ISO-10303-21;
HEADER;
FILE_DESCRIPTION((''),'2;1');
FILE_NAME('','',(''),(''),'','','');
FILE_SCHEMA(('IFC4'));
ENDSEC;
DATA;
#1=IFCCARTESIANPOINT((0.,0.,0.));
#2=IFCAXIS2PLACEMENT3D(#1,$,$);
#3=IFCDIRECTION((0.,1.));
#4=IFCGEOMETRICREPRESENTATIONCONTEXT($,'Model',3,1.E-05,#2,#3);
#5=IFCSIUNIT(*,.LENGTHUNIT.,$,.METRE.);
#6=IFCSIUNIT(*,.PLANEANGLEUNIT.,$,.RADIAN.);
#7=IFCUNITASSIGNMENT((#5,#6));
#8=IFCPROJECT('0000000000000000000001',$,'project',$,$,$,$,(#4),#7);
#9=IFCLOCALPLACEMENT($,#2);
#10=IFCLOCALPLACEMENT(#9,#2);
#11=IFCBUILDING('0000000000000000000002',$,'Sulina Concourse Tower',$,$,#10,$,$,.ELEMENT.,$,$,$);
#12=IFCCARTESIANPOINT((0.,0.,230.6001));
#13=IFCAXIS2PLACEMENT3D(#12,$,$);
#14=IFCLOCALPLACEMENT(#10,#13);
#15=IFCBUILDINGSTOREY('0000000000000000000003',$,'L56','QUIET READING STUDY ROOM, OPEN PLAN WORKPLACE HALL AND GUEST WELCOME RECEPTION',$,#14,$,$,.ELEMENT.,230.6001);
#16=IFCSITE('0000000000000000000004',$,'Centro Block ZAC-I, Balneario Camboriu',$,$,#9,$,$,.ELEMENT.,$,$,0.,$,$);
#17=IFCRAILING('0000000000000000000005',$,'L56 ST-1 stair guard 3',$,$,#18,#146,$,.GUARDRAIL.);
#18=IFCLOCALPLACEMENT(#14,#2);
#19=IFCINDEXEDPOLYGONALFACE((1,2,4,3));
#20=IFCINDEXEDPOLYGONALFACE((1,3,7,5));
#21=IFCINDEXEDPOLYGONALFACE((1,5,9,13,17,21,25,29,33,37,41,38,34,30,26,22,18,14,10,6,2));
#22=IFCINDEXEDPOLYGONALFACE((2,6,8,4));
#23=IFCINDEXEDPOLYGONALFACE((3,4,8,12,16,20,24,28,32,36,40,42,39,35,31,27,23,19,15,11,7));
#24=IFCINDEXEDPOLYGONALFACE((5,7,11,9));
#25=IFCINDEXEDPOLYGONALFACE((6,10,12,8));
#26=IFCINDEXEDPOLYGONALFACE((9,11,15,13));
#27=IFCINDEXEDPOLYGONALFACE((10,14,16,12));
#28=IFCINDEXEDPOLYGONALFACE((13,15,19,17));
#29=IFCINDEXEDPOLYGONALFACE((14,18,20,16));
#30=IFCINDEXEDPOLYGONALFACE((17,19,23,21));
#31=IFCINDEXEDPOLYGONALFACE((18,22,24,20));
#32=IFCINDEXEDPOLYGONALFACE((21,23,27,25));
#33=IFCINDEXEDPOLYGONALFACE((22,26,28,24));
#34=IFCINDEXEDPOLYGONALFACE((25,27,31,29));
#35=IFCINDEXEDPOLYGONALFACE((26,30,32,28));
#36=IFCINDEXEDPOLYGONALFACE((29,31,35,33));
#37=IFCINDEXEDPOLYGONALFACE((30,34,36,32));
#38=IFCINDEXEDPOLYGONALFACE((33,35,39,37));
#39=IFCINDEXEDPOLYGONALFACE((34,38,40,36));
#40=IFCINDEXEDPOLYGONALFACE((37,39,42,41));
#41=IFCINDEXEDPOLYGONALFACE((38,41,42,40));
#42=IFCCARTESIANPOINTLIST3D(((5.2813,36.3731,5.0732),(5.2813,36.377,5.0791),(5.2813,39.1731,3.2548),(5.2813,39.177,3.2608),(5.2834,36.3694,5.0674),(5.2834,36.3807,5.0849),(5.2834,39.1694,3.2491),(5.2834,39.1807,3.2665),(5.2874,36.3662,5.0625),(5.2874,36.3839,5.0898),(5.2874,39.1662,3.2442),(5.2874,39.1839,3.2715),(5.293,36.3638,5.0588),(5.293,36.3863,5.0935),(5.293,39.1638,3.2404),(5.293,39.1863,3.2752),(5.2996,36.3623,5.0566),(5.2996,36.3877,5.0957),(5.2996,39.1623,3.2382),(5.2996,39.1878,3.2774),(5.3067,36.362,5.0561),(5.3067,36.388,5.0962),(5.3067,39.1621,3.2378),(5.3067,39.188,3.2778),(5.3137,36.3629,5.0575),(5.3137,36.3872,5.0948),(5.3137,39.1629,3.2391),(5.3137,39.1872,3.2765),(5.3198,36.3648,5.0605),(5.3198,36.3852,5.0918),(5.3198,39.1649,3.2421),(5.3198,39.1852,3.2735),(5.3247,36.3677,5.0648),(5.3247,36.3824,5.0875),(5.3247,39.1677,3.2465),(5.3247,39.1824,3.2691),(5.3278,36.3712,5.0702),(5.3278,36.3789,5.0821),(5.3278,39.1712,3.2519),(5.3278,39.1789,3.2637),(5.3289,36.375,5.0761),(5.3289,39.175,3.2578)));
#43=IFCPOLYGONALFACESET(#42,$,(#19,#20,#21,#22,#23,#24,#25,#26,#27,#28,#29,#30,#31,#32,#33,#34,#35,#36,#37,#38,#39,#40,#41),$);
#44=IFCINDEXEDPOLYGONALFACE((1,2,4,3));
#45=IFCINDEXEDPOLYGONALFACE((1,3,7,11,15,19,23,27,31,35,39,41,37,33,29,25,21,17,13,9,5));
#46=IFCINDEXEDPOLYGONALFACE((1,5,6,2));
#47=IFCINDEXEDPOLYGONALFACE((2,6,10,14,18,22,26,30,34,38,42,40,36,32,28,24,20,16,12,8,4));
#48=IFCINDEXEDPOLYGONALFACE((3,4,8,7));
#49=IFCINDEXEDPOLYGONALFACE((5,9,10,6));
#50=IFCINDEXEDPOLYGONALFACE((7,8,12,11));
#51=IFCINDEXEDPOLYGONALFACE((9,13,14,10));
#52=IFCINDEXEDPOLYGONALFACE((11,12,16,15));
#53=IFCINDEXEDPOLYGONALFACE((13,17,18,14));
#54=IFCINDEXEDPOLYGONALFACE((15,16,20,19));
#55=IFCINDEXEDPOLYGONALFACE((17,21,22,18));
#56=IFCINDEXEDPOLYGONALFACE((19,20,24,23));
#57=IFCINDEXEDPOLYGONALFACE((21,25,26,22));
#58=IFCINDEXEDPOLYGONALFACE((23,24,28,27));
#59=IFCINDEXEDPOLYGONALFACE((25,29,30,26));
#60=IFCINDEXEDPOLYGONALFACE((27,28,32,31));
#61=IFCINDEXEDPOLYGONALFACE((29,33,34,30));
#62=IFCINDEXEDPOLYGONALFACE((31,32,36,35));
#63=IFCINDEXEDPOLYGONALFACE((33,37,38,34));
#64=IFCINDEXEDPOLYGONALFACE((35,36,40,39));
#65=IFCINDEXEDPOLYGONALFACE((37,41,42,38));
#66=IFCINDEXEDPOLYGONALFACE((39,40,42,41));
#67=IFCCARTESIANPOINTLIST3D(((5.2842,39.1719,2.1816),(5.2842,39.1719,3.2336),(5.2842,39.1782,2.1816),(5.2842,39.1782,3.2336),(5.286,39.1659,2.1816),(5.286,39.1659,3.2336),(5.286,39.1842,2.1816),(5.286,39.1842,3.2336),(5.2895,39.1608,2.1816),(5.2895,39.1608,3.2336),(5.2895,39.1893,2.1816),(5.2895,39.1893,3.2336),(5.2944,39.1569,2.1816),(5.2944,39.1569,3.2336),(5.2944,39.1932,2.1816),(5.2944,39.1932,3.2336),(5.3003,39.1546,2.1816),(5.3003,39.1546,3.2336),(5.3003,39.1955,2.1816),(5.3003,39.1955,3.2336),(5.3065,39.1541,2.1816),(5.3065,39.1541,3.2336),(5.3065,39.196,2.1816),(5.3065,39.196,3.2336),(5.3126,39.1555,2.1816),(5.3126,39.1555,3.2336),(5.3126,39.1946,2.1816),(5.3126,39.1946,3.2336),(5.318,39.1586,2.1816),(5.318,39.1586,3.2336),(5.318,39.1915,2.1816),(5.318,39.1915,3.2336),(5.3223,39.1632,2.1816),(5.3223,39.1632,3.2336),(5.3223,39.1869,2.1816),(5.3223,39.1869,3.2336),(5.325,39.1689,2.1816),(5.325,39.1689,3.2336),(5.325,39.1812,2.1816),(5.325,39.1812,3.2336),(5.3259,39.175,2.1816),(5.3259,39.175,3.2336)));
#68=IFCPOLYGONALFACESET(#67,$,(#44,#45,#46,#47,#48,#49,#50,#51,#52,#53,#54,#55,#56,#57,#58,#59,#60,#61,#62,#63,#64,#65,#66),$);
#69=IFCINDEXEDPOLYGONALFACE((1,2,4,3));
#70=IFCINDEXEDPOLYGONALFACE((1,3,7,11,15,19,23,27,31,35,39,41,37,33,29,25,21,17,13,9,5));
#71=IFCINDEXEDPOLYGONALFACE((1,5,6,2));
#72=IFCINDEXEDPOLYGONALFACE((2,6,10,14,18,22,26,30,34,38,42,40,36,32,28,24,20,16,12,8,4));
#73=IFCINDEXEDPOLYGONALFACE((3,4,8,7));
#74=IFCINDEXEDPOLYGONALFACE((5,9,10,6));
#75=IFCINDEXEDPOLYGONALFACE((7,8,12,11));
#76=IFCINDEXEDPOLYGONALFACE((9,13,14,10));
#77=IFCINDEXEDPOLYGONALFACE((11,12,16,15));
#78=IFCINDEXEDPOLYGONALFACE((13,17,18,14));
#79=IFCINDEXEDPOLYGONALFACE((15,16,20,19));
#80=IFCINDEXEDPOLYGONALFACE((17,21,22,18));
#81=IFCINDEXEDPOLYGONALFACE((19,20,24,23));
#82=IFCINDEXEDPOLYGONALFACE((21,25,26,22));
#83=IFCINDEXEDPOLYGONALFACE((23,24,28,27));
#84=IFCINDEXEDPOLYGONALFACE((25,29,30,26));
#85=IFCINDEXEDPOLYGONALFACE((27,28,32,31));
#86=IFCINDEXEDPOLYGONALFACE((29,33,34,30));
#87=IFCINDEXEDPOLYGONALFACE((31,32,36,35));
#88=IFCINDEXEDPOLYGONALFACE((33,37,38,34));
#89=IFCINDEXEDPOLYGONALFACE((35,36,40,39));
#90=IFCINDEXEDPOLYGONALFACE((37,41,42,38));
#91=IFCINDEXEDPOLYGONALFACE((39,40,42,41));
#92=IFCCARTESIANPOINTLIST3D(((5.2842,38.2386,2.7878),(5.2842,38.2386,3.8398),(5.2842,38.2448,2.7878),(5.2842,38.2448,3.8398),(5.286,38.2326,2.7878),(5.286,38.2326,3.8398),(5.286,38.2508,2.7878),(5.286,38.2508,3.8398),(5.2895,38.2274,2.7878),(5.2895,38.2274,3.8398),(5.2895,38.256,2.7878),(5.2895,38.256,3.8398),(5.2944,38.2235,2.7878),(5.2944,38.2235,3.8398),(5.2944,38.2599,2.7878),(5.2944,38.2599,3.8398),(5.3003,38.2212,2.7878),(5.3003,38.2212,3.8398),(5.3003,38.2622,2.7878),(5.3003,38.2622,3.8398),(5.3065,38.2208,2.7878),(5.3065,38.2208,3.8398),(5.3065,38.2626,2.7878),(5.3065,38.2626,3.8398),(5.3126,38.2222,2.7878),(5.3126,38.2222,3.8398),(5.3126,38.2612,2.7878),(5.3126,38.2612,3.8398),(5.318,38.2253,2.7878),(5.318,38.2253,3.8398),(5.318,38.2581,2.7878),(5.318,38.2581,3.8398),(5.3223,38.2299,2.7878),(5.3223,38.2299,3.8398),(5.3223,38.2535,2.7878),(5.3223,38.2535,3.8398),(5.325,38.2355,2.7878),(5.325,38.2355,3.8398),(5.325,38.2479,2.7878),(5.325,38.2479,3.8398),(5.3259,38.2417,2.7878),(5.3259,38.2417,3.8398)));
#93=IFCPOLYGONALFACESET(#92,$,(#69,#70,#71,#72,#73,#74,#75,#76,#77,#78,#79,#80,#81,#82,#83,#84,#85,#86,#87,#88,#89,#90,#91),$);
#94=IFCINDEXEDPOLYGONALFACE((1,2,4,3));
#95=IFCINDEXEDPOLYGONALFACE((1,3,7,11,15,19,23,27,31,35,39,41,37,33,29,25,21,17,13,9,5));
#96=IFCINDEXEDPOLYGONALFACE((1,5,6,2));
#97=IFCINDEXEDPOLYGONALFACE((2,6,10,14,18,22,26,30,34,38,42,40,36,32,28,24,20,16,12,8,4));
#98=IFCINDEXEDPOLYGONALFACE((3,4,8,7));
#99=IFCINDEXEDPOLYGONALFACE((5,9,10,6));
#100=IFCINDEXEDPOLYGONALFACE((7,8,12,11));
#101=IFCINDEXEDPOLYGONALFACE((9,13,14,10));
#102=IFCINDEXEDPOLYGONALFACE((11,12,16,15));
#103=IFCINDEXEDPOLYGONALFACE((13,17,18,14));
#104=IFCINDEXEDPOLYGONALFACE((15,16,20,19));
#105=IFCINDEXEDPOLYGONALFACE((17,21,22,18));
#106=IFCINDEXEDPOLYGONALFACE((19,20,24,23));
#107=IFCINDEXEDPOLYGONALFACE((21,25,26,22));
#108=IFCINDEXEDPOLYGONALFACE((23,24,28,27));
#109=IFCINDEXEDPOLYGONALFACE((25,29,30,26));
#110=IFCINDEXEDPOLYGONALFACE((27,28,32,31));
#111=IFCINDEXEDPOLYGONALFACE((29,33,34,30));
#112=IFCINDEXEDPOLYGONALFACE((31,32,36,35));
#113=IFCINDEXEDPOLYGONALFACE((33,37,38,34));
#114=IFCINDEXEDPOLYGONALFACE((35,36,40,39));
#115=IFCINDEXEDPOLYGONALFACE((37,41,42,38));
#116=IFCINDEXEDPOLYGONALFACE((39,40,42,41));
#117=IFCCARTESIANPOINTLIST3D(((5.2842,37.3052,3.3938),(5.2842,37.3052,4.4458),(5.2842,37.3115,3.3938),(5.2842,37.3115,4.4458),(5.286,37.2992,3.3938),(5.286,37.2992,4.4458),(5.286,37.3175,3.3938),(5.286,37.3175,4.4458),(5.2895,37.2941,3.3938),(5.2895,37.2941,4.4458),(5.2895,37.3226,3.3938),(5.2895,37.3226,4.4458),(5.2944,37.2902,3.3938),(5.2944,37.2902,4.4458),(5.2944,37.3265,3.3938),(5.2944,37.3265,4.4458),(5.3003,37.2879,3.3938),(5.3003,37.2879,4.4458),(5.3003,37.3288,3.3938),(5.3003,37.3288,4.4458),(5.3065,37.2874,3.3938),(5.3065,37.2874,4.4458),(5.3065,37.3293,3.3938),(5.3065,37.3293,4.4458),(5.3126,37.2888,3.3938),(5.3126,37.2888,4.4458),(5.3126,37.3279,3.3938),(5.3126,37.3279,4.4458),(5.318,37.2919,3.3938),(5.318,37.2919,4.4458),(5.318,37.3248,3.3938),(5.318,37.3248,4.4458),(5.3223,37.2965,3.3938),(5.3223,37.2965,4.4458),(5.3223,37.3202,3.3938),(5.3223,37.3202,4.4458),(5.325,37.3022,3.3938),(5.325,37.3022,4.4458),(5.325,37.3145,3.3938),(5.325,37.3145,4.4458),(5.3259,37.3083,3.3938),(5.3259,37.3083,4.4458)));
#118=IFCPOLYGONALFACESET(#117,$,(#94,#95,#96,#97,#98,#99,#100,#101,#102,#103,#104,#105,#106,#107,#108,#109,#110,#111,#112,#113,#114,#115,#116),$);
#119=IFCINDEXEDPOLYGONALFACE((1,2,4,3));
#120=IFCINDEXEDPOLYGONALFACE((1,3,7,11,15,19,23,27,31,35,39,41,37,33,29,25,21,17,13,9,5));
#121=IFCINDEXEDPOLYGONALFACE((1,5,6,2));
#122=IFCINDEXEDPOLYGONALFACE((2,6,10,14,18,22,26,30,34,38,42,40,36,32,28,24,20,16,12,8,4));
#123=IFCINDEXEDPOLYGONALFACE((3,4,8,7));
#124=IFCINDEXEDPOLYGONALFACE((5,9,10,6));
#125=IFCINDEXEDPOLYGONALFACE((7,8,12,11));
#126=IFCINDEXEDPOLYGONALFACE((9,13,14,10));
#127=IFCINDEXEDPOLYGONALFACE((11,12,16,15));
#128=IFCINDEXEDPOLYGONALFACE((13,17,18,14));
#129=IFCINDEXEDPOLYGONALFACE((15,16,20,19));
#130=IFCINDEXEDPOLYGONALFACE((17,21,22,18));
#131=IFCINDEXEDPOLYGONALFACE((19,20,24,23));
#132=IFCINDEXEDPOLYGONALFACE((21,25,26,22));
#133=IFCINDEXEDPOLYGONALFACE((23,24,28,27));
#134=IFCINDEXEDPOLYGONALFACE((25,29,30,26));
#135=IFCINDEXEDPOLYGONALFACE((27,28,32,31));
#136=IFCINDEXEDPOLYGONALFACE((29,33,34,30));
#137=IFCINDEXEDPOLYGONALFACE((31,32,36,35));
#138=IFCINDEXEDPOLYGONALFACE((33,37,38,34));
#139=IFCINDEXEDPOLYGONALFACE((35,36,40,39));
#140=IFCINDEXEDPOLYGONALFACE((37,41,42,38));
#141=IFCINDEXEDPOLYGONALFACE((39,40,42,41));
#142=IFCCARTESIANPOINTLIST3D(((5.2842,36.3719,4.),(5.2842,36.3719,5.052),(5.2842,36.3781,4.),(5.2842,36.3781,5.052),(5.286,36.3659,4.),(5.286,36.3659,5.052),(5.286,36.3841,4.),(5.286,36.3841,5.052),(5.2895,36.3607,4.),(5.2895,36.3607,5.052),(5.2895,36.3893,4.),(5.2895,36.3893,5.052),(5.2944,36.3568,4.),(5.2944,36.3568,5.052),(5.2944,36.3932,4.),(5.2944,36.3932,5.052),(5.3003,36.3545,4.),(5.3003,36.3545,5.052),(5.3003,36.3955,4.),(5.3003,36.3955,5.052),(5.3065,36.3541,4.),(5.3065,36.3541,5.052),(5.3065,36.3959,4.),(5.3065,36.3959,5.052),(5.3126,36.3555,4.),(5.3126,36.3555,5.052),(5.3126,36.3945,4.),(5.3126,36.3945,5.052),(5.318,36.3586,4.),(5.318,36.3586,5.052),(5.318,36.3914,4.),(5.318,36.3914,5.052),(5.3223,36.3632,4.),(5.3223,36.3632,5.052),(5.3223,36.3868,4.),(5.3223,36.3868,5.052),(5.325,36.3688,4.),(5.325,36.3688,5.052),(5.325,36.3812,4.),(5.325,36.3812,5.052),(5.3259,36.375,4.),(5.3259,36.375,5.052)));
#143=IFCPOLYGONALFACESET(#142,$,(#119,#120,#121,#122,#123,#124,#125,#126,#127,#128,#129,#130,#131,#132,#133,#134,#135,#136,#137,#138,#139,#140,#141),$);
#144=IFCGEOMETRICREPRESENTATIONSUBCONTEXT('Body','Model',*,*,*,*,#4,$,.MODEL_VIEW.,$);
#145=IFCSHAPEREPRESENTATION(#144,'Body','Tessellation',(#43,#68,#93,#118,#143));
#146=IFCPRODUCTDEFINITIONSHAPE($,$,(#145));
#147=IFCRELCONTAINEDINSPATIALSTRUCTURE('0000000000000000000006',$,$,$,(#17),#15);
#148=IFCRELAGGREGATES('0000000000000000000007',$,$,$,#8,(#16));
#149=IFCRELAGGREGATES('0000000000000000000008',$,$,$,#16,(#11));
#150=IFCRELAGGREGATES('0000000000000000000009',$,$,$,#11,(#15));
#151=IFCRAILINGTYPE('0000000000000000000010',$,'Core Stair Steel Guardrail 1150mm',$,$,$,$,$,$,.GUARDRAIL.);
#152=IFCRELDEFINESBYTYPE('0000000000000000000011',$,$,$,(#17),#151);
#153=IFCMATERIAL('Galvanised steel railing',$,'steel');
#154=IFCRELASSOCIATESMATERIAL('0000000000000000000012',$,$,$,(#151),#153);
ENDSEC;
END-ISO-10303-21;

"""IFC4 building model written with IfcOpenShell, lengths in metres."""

from ifc_helpers import new_model, si_unit, direction, frame, origin, origin_2d, place, context, subcontext, project, spatial, circle, extrude, material, type_object, element, save


model = new_model("IFC4")

# Units and contexts
model_context = context("Model", 3, precision=1e-05, world=origin(), true_north=direction((0.0, 1.0)))
body_context = subcontext(model_context, "Body", "Model", "MODEL_VIEW")
ifc_project = project(units=[si_unit("LENGTHUNIT", "METRE"), si_unit("PLANEANGLEUNIT", "RADIAN")], contexts=[model_context])

# Site, building, storey
site_placement = place(None, origin())
site = spatial("IfcSite", under=ifc_project, at=site_placement, Name="Centro Block ZAC-I, Balneario Camboriu", CompositionType="ELEMENT", RefElevation=0.0)
building_placement = place(site_placement, origin())
building = spatial("IfcBuilding", under=site, at=building_placement, Name="Sulina Concourse Tower", CompositionType="ELEMENT")
storey_placement = place(building_placement, frame((0.0, 0.0, 230.6001)))
storey = spatial("IfcBuildingStorey", under=building, at=storey_placement, Name="L56", Description="QUIET READING STUDY ROOM, OPEN PLAN WORKPLACE HALL AND GUEST WELCOME RECEPTION", CompositionType="ELEMENT", Elevation=230.6001)

# Railing
ifc_material_1 = material(Name="Galvanised steel railing", Category="steel")
railing_type_1 = type_object("IfcRailingType", Name="Core Stair Steel Guardrail 1150mm", PredefinedType="GUARDRAIL", material=ifc_material_1)
railing_1_placement = place(storey_placement, frame((5.3049, 39.175, 2.1816)))
element("IfcRailing", 1, at=railing_1_placement, inside=storey, type_object=railing_type_1, Name="L56 ST-1 stair guard 3", PredefinedType="GUARDRAIL", context=body_context, shape_type="SweptSolid", body=[
    extrude(circle(Radius=0.0239, at=origin_2d()), frame((0.0, 0.0, 1.0762), z_axis=(0.0, -0.838672, 0.544636), x_axis=(1.0, 0.0, 0.0)), (0.0, 0.0, 1.0), 3.3386),
    extrude(circle(Radius=0.021, at=origin_2d()), origin(), (0.0, 0.0, 1.0), 1.052),
    extrude(circle(Radius=0.021, at=origin_2d()), frame((0.0, -0.9333, 0.6062)), (0.0, 0.0, 1.0), 1.052),
    extrude(circle(Radius=0.021, at=origin_2d()), frame((0.0, -1.8667, 1.2122)), (0.0, 0.0, 1.0), 1.052),
    extrude(circle(Radius=0.021, at=origin_2d()), frame((0.0, -2.8, 1.8184)), (0.0, 0.0, 1.0), 1.052),
])

save(model, "model.ifc")
